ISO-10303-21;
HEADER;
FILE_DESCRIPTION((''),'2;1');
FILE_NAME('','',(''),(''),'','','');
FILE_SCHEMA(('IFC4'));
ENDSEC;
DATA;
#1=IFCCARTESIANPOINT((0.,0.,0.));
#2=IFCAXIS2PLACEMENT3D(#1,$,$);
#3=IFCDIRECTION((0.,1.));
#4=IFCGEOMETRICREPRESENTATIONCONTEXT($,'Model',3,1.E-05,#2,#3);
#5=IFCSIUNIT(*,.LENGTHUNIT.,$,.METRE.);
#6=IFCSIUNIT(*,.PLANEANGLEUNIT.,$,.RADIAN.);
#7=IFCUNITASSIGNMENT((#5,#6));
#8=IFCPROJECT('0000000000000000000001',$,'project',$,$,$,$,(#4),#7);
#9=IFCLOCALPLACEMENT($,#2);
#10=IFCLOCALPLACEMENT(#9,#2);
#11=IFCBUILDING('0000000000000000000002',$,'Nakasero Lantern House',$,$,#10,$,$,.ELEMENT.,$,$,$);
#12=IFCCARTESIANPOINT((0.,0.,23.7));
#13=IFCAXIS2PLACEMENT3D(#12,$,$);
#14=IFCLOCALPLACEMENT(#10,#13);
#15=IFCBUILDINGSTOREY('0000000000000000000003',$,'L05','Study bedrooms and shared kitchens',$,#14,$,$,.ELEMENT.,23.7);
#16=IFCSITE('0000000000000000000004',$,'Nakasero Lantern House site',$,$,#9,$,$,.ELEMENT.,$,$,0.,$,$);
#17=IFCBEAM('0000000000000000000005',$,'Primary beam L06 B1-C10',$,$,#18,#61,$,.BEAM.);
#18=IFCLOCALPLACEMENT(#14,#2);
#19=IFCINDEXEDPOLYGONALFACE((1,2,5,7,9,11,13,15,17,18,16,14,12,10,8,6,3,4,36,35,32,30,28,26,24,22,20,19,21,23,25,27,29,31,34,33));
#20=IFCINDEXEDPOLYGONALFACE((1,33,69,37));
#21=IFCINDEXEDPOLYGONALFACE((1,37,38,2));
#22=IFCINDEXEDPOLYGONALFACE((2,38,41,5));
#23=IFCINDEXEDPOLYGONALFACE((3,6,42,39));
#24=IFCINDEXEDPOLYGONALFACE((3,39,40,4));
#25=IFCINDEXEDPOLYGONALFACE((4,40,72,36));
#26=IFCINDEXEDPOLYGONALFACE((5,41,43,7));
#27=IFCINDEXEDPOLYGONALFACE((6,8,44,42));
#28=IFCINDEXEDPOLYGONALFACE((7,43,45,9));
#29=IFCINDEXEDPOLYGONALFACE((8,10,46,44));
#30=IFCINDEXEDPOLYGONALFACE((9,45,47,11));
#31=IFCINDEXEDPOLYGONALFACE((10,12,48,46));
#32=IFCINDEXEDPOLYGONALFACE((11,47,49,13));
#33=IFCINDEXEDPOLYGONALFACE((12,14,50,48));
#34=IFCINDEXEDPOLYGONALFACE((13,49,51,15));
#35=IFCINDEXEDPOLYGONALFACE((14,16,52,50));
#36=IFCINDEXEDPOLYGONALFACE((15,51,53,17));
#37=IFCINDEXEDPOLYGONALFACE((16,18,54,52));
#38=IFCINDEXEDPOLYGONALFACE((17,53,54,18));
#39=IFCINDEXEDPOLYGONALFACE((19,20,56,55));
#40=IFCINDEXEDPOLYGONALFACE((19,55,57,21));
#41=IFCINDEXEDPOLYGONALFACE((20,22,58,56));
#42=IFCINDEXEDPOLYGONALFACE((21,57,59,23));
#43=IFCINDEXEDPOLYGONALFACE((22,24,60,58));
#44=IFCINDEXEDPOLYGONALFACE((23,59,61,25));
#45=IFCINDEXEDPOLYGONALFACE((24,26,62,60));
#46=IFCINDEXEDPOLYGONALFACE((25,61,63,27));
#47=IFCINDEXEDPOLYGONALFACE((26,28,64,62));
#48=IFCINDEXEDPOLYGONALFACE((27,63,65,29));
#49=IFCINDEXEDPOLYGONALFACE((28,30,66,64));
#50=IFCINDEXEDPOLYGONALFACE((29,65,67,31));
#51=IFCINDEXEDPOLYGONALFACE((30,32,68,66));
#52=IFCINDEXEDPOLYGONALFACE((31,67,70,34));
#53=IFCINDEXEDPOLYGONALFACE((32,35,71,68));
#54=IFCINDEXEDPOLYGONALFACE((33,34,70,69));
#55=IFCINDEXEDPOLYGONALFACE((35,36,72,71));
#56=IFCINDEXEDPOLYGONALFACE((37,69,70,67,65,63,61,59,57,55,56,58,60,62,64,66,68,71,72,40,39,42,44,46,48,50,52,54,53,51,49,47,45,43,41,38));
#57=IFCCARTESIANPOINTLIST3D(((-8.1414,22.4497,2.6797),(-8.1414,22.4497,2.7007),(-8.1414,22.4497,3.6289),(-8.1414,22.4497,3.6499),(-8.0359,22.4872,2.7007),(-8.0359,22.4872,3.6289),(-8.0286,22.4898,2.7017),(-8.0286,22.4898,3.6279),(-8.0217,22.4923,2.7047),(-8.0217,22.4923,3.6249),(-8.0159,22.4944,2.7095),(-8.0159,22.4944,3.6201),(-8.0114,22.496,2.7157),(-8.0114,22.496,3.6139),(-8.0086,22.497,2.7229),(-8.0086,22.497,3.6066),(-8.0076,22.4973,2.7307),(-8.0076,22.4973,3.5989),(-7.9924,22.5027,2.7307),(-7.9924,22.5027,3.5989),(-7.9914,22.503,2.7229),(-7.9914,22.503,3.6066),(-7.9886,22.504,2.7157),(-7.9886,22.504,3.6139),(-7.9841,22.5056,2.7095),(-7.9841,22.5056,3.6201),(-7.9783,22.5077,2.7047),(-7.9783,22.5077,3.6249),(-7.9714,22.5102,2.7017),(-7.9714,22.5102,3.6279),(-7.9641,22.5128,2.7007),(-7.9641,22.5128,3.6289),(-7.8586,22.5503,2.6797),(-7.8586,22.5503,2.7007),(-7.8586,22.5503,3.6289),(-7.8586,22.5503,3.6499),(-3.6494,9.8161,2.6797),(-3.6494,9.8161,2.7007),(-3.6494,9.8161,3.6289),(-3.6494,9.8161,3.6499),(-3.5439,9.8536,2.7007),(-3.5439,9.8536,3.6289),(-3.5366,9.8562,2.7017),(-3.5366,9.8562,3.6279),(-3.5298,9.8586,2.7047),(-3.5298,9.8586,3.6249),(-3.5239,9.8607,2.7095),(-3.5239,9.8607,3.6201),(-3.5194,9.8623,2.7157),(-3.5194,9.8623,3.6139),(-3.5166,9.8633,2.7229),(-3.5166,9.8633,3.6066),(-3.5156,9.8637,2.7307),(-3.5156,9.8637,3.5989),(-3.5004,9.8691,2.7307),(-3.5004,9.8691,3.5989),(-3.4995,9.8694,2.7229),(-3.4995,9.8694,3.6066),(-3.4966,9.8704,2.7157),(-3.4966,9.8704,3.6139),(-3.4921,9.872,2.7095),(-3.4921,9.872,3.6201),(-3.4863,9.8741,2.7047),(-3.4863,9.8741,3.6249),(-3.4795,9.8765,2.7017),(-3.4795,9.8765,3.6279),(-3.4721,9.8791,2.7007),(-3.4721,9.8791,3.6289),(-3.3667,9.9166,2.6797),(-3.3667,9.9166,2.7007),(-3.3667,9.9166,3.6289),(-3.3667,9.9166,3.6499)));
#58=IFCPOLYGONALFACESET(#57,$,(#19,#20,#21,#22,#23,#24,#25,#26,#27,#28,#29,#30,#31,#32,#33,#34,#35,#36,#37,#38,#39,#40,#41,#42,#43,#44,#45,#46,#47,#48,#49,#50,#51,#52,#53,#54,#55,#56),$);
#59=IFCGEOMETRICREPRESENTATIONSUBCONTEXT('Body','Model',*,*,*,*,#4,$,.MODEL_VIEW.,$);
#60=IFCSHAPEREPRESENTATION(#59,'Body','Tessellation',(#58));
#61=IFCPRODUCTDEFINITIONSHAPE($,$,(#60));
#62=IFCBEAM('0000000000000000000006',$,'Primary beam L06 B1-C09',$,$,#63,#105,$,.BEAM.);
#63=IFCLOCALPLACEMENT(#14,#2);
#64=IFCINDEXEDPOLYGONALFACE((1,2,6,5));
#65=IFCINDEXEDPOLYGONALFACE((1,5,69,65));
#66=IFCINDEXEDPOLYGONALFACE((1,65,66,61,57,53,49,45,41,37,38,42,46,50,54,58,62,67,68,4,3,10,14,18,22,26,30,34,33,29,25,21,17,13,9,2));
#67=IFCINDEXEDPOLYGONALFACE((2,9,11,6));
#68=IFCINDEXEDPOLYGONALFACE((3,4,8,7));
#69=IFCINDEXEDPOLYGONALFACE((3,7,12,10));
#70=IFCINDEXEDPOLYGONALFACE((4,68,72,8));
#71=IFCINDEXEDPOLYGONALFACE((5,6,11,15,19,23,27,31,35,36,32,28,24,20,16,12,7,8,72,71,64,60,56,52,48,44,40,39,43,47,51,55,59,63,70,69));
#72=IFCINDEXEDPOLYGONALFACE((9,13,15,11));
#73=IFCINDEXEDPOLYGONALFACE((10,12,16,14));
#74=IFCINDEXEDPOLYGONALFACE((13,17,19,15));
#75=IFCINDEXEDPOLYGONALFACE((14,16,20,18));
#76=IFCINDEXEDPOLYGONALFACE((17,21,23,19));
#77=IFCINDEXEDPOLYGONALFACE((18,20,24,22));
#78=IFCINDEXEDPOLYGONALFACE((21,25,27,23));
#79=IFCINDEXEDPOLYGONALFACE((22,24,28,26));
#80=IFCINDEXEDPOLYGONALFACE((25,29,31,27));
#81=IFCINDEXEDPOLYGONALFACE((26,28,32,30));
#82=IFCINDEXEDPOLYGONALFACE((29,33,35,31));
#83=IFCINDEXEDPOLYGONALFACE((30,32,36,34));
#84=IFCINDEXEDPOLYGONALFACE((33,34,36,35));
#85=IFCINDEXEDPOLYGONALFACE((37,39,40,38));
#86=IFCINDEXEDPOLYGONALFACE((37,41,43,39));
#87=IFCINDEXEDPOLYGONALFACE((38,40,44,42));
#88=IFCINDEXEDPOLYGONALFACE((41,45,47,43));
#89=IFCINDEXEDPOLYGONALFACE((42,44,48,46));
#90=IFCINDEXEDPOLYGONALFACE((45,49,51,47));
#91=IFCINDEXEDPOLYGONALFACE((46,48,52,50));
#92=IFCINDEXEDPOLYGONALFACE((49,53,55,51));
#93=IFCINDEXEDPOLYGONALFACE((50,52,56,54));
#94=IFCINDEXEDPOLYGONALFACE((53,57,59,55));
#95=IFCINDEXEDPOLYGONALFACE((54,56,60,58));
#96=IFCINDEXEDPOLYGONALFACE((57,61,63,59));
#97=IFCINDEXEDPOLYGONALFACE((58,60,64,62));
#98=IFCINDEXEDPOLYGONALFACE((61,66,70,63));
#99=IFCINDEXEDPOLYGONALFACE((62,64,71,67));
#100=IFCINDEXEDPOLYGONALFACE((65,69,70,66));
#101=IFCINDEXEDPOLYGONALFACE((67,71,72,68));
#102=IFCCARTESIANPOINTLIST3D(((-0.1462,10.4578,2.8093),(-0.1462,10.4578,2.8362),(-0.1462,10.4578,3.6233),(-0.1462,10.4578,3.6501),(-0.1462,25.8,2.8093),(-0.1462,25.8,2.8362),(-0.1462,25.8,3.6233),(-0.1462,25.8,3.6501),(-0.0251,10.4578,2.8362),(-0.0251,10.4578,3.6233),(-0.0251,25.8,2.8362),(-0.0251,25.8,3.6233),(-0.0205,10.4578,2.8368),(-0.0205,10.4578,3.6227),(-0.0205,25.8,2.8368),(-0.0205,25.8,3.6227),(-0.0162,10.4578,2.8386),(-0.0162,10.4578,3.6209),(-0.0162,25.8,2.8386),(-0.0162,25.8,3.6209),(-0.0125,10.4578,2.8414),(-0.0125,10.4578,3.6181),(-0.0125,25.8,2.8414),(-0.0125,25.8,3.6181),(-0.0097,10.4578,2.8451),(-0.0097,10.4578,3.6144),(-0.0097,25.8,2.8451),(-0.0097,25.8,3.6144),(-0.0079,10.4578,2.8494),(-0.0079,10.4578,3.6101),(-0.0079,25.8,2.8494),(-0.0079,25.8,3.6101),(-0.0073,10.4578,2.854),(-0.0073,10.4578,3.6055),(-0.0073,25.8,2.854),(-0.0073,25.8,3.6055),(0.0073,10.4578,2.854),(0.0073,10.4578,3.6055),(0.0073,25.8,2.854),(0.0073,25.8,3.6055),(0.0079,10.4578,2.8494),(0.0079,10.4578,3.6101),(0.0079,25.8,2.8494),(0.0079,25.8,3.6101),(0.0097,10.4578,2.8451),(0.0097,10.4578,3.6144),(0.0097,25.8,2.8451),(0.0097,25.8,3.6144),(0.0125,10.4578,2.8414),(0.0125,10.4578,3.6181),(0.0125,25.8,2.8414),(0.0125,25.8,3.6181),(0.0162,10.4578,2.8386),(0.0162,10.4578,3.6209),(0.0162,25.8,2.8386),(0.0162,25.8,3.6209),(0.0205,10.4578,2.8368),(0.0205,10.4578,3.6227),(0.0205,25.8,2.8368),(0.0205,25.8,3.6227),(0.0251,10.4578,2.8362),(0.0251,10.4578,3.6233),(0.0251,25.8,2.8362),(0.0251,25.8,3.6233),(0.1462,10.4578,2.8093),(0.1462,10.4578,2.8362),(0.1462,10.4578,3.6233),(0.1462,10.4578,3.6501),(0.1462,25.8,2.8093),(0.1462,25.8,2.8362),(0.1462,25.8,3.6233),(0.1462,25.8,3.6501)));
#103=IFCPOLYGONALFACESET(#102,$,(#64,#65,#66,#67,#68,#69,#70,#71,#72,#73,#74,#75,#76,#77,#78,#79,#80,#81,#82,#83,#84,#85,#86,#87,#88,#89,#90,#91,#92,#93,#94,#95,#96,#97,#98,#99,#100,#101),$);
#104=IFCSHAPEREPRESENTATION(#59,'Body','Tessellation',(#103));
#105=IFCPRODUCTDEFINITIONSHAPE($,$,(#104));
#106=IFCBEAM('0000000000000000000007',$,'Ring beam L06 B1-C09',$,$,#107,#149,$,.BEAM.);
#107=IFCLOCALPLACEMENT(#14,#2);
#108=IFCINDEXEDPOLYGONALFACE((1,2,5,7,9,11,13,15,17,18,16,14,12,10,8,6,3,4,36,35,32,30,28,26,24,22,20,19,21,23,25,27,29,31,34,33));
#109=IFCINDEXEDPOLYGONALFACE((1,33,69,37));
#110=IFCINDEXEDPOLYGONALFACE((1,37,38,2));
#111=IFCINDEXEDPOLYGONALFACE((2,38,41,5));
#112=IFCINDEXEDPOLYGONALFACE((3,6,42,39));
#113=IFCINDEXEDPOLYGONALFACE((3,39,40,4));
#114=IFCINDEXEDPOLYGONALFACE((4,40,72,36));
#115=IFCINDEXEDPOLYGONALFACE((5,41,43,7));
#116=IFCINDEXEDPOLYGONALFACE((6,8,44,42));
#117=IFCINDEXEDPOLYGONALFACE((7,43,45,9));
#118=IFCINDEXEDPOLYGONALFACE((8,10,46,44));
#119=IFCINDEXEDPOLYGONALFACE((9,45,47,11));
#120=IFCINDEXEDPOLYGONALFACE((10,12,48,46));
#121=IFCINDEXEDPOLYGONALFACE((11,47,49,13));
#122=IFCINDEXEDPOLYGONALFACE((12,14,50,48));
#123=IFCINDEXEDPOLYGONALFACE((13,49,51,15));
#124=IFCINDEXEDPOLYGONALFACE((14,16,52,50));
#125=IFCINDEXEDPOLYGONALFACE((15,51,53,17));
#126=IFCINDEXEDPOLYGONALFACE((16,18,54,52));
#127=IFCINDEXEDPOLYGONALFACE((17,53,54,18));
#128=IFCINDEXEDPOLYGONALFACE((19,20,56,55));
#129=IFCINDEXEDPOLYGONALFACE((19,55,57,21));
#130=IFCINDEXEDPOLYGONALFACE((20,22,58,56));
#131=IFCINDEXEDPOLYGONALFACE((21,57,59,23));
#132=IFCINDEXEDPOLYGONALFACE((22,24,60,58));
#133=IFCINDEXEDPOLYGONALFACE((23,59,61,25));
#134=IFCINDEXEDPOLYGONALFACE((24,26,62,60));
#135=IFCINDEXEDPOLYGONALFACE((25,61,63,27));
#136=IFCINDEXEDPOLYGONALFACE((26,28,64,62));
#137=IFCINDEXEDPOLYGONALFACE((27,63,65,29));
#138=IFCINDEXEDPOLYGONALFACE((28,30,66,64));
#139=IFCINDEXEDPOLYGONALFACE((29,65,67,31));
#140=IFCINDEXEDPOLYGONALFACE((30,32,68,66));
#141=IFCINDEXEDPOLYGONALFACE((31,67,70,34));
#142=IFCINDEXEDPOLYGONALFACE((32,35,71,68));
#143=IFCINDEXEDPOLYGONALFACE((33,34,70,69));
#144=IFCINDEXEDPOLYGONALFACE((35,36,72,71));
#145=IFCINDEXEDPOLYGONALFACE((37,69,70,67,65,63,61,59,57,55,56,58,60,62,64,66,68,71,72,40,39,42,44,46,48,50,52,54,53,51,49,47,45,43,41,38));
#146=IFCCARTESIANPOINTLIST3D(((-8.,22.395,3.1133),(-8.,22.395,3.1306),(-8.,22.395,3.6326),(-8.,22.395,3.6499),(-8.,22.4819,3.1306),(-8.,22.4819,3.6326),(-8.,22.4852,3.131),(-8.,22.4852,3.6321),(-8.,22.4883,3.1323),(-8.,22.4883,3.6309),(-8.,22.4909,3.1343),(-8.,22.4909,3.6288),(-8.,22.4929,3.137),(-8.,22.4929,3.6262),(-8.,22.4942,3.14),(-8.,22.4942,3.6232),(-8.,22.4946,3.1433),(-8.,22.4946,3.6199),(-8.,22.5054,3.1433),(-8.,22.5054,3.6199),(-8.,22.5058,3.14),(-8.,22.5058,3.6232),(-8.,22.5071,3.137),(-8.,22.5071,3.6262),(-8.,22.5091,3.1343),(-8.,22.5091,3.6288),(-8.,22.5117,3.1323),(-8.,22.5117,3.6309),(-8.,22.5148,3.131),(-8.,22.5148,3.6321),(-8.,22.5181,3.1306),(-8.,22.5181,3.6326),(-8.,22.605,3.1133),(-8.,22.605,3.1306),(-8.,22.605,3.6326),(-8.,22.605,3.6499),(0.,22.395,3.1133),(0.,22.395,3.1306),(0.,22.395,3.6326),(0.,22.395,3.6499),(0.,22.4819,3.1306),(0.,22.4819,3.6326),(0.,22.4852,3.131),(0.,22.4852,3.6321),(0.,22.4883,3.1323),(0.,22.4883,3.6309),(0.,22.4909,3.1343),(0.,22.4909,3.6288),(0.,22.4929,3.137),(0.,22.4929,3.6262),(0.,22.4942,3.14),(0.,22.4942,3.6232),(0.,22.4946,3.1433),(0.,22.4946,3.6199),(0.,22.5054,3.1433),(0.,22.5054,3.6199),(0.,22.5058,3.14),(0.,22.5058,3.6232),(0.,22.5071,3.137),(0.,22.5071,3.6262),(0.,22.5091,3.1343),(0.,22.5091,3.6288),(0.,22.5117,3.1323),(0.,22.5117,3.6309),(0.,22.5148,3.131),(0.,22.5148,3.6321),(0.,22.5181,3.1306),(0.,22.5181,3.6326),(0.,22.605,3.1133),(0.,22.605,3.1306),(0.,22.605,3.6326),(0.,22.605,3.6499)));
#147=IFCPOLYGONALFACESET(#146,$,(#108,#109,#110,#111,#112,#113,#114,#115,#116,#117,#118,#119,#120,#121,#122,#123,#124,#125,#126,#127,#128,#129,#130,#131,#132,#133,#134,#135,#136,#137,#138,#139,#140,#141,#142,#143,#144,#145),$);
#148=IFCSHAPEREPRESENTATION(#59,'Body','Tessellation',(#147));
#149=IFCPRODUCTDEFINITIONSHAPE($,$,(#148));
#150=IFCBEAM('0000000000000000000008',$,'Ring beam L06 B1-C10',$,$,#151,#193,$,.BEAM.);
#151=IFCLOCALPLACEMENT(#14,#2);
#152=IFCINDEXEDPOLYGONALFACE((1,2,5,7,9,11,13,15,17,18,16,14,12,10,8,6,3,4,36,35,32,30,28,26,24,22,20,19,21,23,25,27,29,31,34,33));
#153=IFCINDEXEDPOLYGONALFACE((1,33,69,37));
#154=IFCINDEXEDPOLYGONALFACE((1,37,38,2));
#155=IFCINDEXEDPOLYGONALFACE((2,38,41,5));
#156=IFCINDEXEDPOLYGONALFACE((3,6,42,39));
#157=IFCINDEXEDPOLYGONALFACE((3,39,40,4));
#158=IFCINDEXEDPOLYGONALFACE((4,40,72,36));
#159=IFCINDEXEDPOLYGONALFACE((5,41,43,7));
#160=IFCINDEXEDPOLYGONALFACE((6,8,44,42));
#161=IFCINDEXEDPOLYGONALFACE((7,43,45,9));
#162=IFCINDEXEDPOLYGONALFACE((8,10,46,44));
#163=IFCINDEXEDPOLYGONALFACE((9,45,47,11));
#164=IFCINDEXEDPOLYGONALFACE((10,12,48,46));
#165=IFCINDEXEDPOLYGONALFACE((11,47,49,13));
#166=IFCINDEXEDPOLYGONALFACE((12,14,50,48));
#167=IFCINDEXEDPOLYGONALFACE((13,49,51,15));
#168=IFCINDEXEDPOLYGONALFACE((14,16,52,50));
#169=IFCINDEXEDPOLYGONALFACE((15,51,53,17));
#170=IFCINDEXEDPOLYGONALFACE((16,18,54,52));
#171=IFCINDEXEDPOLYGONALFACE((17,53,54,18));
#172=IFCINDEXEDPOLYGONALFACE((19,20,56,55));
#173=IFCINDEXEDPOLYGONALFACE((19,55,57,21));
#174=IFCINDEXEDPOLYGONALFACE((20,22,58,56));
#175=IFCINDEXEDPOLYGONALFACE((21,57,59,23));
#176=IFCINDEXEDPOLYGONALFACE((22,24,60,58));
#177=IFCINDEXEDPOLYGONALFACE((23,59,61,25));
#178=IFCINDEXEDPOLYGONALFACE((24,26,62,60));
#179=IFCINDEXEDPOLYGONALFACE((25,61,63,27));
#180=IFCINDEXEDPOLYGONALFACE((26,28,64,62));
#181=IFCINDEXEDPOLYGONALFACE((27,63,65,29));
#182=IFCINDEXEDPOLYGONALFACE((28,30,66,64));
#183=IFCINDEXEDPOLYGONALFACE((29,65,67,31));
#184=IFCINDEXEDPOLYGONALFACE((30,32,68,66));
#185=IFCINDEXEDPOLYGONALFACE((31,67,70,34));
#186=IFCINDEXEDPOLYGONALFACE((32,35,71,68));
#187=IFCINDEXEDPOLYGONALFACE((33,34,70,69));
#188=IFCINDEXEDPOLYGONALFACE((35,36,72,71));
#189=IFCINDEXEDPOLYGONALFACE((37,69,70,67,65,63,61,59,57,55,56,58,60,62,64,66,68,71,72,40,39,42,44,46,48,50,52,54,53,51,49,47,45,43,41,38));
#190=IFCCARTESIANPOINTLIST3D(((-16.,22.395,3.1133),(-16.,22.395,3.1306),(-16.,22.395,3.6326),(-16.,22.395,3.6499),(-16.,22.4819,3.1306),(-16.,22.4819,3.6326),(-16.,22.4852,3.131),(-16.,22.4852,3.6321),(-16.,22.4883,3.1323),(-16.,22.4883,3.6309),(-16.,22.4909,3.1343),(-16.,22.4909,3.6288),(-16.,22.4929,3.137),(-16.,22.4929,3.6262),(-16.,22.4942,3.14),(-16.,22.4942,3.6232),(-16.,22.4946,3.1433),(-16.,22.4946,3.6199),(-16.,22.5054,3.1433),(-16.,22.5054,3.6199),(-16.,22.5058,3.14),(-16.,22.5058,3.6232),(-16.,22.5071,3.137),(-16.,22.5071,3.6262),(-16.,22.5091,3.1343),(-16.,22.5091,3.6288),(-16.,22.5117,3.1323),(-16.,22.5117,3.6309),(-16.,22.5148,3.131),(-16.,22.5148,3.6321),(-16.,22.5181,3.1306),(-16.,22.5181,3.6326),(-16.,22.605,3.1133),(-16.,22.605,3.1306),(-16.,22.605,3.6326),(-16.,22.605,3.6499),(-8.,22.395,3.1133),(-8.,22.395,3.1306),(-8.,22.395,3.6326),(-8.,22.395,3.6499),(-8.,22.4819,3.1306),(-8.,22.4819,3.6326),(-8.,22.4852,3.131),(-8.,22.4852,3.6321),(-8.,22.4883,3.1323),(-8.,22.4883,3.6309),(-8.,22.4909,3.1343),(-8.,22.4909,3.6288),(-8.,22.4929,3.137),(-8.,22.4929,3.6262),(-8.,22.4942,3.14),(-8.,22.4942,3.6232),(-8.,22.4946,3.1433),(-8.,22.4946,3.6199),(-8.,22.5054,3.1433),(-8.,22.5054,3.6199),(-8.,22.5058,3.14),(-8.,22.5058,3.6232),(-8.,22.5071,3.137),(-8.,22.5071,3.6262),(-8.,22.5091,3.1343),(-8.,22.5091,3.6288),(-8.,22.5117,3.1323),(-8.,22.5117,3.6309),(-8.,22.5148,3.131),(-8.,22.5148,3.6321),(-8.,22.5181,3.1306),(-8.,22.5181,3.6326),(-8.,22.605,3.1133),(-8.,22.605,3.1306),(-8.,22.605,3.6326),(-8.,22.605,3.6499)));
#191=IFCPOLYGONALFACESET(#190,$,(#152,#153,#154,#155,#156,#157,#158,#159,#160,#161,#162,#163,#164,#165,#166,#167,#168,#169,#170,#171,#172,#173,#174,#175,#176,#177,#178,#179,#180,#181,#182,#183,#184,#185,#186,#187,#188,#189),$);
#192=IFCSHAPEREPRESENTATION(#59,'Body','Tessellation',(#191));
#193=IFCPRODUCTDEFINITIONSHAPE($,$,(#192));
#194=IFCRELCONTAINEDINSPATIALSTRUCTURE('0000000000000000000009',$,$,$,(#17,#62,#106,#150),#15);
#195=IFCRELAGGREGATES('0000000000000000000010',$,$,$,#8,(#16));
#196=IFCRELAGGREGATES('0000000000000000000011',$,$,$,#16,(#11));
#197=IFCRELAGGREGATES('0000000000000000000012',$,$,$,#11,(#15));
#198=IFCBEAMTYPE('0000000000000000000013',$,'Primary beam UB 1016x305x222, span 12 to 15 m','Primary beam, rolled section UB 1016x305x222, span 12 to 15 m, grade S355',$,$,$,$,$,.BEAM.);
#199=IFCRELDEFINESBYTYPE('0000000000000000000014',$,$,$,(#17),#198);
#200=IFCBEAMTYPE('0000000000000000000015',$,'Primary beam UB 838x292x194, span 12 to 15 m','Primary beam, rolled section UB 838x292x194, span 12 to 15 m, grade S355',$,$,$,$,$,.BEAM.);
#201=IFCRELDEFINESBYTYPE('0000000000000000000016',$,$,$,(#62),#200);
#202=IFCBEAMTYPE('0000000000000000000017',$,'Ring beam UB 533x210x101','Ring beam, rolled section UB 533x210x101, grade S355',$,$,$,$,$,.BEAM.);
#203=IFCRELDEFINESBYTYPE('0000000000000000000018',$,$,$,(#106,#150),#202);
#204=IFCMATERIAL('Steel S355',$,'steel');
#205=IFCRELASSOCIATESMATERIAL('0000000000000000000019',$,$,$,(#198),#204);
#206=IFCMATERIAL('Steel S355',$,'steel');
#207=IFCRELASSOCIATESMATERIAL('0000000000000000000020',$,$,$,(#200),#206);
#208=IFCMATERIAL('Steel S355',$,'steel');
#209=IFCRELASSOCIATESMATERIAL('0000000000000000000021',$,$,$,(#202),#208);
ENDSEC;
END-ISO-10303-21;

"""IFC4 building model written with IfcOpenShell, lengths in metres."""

from ifc_helpers import new_model, si_unit, direction, frame, origin, origin_2d, place, context, subcontext, project, spatial, i_section, extrude, material, material_profile, profile_set, type_object, element, save


model = new_model("IFC4")

# Units and contexts
model_context = context("Model", 3, precision=1e-05, world=origin(), true_north=direction((0.0, 1.0)))
body_context = subcontext(model_context, "Body", "Model", "MODEL_VIEW")
ifc_project = project(units=[si_unit("LENGTHUNIT", "METRE"), si_unit("PLANEANGLEUNIT", "RADIAN")], contexts=[model_context])

# Site, building, storey
site_placement = place(None, origin())
site = spatial("IfcSite", under=ifc_project, at=site_placement, Name="Nakasero Lantern House site", CompositionType="ELEMENT", RefElevation=0.0)
building_placement = place(site_placement, origin())
building = spatial("IfcBuilding", under=site, at=building_placement, Name="Nakasero Lantern House", CompositionType="ELEMENT")
storey_placement = place(building_placement, frame((0.0, 0.0, 23.7)))
storey = spatial("IfcBuildingStorey", under=building, at=storey_placement, Name="L05", Description="Study bedrooms and shared kitchens", CompositionType="ELEMENT", Elevation=23.7)

# Beams
ifc_material_1 = material(Name="Steel S355", Category="steel")
ifc_material_profile_1 = material_profile(ifc_material_1, i_section(OverallWidth=0.3, OverallDepth=0.9702, WebThickness=0.0161, FlangeThickness=0.021, FilletRadius=0.03, at=origin_2d()), Name="UB 1016x305x222")
ifc_profile_set_1 = profile_set([ifc_material_profile_1], Name="Steel S355")
beam_type_1 = type_object("IfcBeamType", Name="Primary beam UB 1016x305x222, span 12 to 15 m", Description="Primary beam, rolled section UB 1016x305x222, span 12 to 15 m, grade S355", PredefinedType="BEAM", material=ifc_profile_set_1)
beam_1_placement = place(storey_placement, frame((-8.0, 22.5, 3.1648), z_axis=(0.335011, -0.942214, 0.0), x_axis=(0.942214, 0.335011, 0.0)))
element("IfcBeam", 1, at=beam_1_placement, inside=storey, type_object=beam_type_1, Name="Primary beam L06 B1-C10", PredefinedType="BEAM", context=body_context, shape_type="SweptSolid", body=[
    extrude(i_section(OverallWidth=0.3, OverallDepth=0.9702, WebThickness=0.0161, FlangeThickness=0.021, FilletRadius=0.03, at=origin_2d()), origin(), (0.0, 0.0, 1.0), 13.4084),
])
ifc_material_2 = material(Name="Steel S355", Category="steel")
ifc_material_profile_2 = material_profile(ifc_material_2, i_section(OverallWidth=0.2925, OverallDepth=0.8408, WebThickness=0.0146, FlangeThickness=0.0269, FilletRadius=0.0178, at=origin_2d()), Name="UB 838x292x194")
ifc_profile_set_2 = profile_set([ifc_material_profile_2], Name="Steel S355")
beam_type_2 = type_object("IfcBeamType", Name="Primary beam UB 838x292x194, span 12 to 15 m", Description="Primary beam, rolled section UB 838x292x194, span 12 to 15 m, grade S355", PredefinedType="BEAM", material=ifc_profile_set_2)
beam_2_placement = place(storey_placement, frame((0.0, 25.8, 3.2297), z_axis=(0.0, -1.0, 0.0), x_axis=(1.0, 0.0, 0.0)))
element("IfcBeam", 2, at=beam_2_placement, inside=storey, type_object=beam_type_2, Name="Primary beam L06 B1-C09", PredefinedType="BEAM", context=body_context, shape_type="SweptSolid", body=[
    extrude(i_section(OverallWidth=0.2925, OverallDepth=0.8408, WebThickness=0.0146, FlangeThickness=0.0269, FilletRadius=0.0178, at=origin_2d()), origin(), (0.0, 0.0, 1.0), 15.3423),
])
ifc_material_3 = material(Name="Steel S355", Category="steel")
ifc_material_profile_3 = material_profile(ifc_material_3, i_section(OverallWidth=0.21, OverallDepth=0.5366, WebThickness=0.0107, FlangeThickness=0.0173, FilletRadius=0.0127, at=origin_2d()), Name="UB 533x210x101")
ifc_profile_set_3 = profile_set([ifc_material_profile_3], Name="Steel S355")
beam_type_3 = type_object("IfcBeamType", Name="Ring beam UB 533x210x101", Description="Ring beam, rolled section UB 533x210x101, grade S355", PredefinedType="BEAM", material=ifc_profile_set_3)
for number, where, z_axis, x_axis, name in (
    (3, (0.0, 22.5, 3.3816), (-1.0, 0.0, 0.0), (0.0, -1.0, 0.0), "Ring beam L06 B1-C09"),
    (4, (-8.0, 22.5, 3.3816), (-1.0, 0.0, 0.0), (0.0, -1.0, 0.0), "Ring beam L06 B1-C10"),
):
    element("IfcBeam", number, at=place(storey_placement, frame(where, z_axis=z_axis, x_axis=x_axis)), inside=storey, type_object=beam_type_3, Name=name, PredefinedType="BEAM", context=body_context, shape_type="SweptSolid", body=[
        extrude(i_section(OverallWidth=0.21, OverallDepth=0.5366, WebThickness=0.0107, FlangeThickness=0.0173, FilletRadius=0.0127, at=origin_2d()), origin(), (0.0, 0.0, 1.0), 8.0),
    ])

save(model, "model.ifc")
